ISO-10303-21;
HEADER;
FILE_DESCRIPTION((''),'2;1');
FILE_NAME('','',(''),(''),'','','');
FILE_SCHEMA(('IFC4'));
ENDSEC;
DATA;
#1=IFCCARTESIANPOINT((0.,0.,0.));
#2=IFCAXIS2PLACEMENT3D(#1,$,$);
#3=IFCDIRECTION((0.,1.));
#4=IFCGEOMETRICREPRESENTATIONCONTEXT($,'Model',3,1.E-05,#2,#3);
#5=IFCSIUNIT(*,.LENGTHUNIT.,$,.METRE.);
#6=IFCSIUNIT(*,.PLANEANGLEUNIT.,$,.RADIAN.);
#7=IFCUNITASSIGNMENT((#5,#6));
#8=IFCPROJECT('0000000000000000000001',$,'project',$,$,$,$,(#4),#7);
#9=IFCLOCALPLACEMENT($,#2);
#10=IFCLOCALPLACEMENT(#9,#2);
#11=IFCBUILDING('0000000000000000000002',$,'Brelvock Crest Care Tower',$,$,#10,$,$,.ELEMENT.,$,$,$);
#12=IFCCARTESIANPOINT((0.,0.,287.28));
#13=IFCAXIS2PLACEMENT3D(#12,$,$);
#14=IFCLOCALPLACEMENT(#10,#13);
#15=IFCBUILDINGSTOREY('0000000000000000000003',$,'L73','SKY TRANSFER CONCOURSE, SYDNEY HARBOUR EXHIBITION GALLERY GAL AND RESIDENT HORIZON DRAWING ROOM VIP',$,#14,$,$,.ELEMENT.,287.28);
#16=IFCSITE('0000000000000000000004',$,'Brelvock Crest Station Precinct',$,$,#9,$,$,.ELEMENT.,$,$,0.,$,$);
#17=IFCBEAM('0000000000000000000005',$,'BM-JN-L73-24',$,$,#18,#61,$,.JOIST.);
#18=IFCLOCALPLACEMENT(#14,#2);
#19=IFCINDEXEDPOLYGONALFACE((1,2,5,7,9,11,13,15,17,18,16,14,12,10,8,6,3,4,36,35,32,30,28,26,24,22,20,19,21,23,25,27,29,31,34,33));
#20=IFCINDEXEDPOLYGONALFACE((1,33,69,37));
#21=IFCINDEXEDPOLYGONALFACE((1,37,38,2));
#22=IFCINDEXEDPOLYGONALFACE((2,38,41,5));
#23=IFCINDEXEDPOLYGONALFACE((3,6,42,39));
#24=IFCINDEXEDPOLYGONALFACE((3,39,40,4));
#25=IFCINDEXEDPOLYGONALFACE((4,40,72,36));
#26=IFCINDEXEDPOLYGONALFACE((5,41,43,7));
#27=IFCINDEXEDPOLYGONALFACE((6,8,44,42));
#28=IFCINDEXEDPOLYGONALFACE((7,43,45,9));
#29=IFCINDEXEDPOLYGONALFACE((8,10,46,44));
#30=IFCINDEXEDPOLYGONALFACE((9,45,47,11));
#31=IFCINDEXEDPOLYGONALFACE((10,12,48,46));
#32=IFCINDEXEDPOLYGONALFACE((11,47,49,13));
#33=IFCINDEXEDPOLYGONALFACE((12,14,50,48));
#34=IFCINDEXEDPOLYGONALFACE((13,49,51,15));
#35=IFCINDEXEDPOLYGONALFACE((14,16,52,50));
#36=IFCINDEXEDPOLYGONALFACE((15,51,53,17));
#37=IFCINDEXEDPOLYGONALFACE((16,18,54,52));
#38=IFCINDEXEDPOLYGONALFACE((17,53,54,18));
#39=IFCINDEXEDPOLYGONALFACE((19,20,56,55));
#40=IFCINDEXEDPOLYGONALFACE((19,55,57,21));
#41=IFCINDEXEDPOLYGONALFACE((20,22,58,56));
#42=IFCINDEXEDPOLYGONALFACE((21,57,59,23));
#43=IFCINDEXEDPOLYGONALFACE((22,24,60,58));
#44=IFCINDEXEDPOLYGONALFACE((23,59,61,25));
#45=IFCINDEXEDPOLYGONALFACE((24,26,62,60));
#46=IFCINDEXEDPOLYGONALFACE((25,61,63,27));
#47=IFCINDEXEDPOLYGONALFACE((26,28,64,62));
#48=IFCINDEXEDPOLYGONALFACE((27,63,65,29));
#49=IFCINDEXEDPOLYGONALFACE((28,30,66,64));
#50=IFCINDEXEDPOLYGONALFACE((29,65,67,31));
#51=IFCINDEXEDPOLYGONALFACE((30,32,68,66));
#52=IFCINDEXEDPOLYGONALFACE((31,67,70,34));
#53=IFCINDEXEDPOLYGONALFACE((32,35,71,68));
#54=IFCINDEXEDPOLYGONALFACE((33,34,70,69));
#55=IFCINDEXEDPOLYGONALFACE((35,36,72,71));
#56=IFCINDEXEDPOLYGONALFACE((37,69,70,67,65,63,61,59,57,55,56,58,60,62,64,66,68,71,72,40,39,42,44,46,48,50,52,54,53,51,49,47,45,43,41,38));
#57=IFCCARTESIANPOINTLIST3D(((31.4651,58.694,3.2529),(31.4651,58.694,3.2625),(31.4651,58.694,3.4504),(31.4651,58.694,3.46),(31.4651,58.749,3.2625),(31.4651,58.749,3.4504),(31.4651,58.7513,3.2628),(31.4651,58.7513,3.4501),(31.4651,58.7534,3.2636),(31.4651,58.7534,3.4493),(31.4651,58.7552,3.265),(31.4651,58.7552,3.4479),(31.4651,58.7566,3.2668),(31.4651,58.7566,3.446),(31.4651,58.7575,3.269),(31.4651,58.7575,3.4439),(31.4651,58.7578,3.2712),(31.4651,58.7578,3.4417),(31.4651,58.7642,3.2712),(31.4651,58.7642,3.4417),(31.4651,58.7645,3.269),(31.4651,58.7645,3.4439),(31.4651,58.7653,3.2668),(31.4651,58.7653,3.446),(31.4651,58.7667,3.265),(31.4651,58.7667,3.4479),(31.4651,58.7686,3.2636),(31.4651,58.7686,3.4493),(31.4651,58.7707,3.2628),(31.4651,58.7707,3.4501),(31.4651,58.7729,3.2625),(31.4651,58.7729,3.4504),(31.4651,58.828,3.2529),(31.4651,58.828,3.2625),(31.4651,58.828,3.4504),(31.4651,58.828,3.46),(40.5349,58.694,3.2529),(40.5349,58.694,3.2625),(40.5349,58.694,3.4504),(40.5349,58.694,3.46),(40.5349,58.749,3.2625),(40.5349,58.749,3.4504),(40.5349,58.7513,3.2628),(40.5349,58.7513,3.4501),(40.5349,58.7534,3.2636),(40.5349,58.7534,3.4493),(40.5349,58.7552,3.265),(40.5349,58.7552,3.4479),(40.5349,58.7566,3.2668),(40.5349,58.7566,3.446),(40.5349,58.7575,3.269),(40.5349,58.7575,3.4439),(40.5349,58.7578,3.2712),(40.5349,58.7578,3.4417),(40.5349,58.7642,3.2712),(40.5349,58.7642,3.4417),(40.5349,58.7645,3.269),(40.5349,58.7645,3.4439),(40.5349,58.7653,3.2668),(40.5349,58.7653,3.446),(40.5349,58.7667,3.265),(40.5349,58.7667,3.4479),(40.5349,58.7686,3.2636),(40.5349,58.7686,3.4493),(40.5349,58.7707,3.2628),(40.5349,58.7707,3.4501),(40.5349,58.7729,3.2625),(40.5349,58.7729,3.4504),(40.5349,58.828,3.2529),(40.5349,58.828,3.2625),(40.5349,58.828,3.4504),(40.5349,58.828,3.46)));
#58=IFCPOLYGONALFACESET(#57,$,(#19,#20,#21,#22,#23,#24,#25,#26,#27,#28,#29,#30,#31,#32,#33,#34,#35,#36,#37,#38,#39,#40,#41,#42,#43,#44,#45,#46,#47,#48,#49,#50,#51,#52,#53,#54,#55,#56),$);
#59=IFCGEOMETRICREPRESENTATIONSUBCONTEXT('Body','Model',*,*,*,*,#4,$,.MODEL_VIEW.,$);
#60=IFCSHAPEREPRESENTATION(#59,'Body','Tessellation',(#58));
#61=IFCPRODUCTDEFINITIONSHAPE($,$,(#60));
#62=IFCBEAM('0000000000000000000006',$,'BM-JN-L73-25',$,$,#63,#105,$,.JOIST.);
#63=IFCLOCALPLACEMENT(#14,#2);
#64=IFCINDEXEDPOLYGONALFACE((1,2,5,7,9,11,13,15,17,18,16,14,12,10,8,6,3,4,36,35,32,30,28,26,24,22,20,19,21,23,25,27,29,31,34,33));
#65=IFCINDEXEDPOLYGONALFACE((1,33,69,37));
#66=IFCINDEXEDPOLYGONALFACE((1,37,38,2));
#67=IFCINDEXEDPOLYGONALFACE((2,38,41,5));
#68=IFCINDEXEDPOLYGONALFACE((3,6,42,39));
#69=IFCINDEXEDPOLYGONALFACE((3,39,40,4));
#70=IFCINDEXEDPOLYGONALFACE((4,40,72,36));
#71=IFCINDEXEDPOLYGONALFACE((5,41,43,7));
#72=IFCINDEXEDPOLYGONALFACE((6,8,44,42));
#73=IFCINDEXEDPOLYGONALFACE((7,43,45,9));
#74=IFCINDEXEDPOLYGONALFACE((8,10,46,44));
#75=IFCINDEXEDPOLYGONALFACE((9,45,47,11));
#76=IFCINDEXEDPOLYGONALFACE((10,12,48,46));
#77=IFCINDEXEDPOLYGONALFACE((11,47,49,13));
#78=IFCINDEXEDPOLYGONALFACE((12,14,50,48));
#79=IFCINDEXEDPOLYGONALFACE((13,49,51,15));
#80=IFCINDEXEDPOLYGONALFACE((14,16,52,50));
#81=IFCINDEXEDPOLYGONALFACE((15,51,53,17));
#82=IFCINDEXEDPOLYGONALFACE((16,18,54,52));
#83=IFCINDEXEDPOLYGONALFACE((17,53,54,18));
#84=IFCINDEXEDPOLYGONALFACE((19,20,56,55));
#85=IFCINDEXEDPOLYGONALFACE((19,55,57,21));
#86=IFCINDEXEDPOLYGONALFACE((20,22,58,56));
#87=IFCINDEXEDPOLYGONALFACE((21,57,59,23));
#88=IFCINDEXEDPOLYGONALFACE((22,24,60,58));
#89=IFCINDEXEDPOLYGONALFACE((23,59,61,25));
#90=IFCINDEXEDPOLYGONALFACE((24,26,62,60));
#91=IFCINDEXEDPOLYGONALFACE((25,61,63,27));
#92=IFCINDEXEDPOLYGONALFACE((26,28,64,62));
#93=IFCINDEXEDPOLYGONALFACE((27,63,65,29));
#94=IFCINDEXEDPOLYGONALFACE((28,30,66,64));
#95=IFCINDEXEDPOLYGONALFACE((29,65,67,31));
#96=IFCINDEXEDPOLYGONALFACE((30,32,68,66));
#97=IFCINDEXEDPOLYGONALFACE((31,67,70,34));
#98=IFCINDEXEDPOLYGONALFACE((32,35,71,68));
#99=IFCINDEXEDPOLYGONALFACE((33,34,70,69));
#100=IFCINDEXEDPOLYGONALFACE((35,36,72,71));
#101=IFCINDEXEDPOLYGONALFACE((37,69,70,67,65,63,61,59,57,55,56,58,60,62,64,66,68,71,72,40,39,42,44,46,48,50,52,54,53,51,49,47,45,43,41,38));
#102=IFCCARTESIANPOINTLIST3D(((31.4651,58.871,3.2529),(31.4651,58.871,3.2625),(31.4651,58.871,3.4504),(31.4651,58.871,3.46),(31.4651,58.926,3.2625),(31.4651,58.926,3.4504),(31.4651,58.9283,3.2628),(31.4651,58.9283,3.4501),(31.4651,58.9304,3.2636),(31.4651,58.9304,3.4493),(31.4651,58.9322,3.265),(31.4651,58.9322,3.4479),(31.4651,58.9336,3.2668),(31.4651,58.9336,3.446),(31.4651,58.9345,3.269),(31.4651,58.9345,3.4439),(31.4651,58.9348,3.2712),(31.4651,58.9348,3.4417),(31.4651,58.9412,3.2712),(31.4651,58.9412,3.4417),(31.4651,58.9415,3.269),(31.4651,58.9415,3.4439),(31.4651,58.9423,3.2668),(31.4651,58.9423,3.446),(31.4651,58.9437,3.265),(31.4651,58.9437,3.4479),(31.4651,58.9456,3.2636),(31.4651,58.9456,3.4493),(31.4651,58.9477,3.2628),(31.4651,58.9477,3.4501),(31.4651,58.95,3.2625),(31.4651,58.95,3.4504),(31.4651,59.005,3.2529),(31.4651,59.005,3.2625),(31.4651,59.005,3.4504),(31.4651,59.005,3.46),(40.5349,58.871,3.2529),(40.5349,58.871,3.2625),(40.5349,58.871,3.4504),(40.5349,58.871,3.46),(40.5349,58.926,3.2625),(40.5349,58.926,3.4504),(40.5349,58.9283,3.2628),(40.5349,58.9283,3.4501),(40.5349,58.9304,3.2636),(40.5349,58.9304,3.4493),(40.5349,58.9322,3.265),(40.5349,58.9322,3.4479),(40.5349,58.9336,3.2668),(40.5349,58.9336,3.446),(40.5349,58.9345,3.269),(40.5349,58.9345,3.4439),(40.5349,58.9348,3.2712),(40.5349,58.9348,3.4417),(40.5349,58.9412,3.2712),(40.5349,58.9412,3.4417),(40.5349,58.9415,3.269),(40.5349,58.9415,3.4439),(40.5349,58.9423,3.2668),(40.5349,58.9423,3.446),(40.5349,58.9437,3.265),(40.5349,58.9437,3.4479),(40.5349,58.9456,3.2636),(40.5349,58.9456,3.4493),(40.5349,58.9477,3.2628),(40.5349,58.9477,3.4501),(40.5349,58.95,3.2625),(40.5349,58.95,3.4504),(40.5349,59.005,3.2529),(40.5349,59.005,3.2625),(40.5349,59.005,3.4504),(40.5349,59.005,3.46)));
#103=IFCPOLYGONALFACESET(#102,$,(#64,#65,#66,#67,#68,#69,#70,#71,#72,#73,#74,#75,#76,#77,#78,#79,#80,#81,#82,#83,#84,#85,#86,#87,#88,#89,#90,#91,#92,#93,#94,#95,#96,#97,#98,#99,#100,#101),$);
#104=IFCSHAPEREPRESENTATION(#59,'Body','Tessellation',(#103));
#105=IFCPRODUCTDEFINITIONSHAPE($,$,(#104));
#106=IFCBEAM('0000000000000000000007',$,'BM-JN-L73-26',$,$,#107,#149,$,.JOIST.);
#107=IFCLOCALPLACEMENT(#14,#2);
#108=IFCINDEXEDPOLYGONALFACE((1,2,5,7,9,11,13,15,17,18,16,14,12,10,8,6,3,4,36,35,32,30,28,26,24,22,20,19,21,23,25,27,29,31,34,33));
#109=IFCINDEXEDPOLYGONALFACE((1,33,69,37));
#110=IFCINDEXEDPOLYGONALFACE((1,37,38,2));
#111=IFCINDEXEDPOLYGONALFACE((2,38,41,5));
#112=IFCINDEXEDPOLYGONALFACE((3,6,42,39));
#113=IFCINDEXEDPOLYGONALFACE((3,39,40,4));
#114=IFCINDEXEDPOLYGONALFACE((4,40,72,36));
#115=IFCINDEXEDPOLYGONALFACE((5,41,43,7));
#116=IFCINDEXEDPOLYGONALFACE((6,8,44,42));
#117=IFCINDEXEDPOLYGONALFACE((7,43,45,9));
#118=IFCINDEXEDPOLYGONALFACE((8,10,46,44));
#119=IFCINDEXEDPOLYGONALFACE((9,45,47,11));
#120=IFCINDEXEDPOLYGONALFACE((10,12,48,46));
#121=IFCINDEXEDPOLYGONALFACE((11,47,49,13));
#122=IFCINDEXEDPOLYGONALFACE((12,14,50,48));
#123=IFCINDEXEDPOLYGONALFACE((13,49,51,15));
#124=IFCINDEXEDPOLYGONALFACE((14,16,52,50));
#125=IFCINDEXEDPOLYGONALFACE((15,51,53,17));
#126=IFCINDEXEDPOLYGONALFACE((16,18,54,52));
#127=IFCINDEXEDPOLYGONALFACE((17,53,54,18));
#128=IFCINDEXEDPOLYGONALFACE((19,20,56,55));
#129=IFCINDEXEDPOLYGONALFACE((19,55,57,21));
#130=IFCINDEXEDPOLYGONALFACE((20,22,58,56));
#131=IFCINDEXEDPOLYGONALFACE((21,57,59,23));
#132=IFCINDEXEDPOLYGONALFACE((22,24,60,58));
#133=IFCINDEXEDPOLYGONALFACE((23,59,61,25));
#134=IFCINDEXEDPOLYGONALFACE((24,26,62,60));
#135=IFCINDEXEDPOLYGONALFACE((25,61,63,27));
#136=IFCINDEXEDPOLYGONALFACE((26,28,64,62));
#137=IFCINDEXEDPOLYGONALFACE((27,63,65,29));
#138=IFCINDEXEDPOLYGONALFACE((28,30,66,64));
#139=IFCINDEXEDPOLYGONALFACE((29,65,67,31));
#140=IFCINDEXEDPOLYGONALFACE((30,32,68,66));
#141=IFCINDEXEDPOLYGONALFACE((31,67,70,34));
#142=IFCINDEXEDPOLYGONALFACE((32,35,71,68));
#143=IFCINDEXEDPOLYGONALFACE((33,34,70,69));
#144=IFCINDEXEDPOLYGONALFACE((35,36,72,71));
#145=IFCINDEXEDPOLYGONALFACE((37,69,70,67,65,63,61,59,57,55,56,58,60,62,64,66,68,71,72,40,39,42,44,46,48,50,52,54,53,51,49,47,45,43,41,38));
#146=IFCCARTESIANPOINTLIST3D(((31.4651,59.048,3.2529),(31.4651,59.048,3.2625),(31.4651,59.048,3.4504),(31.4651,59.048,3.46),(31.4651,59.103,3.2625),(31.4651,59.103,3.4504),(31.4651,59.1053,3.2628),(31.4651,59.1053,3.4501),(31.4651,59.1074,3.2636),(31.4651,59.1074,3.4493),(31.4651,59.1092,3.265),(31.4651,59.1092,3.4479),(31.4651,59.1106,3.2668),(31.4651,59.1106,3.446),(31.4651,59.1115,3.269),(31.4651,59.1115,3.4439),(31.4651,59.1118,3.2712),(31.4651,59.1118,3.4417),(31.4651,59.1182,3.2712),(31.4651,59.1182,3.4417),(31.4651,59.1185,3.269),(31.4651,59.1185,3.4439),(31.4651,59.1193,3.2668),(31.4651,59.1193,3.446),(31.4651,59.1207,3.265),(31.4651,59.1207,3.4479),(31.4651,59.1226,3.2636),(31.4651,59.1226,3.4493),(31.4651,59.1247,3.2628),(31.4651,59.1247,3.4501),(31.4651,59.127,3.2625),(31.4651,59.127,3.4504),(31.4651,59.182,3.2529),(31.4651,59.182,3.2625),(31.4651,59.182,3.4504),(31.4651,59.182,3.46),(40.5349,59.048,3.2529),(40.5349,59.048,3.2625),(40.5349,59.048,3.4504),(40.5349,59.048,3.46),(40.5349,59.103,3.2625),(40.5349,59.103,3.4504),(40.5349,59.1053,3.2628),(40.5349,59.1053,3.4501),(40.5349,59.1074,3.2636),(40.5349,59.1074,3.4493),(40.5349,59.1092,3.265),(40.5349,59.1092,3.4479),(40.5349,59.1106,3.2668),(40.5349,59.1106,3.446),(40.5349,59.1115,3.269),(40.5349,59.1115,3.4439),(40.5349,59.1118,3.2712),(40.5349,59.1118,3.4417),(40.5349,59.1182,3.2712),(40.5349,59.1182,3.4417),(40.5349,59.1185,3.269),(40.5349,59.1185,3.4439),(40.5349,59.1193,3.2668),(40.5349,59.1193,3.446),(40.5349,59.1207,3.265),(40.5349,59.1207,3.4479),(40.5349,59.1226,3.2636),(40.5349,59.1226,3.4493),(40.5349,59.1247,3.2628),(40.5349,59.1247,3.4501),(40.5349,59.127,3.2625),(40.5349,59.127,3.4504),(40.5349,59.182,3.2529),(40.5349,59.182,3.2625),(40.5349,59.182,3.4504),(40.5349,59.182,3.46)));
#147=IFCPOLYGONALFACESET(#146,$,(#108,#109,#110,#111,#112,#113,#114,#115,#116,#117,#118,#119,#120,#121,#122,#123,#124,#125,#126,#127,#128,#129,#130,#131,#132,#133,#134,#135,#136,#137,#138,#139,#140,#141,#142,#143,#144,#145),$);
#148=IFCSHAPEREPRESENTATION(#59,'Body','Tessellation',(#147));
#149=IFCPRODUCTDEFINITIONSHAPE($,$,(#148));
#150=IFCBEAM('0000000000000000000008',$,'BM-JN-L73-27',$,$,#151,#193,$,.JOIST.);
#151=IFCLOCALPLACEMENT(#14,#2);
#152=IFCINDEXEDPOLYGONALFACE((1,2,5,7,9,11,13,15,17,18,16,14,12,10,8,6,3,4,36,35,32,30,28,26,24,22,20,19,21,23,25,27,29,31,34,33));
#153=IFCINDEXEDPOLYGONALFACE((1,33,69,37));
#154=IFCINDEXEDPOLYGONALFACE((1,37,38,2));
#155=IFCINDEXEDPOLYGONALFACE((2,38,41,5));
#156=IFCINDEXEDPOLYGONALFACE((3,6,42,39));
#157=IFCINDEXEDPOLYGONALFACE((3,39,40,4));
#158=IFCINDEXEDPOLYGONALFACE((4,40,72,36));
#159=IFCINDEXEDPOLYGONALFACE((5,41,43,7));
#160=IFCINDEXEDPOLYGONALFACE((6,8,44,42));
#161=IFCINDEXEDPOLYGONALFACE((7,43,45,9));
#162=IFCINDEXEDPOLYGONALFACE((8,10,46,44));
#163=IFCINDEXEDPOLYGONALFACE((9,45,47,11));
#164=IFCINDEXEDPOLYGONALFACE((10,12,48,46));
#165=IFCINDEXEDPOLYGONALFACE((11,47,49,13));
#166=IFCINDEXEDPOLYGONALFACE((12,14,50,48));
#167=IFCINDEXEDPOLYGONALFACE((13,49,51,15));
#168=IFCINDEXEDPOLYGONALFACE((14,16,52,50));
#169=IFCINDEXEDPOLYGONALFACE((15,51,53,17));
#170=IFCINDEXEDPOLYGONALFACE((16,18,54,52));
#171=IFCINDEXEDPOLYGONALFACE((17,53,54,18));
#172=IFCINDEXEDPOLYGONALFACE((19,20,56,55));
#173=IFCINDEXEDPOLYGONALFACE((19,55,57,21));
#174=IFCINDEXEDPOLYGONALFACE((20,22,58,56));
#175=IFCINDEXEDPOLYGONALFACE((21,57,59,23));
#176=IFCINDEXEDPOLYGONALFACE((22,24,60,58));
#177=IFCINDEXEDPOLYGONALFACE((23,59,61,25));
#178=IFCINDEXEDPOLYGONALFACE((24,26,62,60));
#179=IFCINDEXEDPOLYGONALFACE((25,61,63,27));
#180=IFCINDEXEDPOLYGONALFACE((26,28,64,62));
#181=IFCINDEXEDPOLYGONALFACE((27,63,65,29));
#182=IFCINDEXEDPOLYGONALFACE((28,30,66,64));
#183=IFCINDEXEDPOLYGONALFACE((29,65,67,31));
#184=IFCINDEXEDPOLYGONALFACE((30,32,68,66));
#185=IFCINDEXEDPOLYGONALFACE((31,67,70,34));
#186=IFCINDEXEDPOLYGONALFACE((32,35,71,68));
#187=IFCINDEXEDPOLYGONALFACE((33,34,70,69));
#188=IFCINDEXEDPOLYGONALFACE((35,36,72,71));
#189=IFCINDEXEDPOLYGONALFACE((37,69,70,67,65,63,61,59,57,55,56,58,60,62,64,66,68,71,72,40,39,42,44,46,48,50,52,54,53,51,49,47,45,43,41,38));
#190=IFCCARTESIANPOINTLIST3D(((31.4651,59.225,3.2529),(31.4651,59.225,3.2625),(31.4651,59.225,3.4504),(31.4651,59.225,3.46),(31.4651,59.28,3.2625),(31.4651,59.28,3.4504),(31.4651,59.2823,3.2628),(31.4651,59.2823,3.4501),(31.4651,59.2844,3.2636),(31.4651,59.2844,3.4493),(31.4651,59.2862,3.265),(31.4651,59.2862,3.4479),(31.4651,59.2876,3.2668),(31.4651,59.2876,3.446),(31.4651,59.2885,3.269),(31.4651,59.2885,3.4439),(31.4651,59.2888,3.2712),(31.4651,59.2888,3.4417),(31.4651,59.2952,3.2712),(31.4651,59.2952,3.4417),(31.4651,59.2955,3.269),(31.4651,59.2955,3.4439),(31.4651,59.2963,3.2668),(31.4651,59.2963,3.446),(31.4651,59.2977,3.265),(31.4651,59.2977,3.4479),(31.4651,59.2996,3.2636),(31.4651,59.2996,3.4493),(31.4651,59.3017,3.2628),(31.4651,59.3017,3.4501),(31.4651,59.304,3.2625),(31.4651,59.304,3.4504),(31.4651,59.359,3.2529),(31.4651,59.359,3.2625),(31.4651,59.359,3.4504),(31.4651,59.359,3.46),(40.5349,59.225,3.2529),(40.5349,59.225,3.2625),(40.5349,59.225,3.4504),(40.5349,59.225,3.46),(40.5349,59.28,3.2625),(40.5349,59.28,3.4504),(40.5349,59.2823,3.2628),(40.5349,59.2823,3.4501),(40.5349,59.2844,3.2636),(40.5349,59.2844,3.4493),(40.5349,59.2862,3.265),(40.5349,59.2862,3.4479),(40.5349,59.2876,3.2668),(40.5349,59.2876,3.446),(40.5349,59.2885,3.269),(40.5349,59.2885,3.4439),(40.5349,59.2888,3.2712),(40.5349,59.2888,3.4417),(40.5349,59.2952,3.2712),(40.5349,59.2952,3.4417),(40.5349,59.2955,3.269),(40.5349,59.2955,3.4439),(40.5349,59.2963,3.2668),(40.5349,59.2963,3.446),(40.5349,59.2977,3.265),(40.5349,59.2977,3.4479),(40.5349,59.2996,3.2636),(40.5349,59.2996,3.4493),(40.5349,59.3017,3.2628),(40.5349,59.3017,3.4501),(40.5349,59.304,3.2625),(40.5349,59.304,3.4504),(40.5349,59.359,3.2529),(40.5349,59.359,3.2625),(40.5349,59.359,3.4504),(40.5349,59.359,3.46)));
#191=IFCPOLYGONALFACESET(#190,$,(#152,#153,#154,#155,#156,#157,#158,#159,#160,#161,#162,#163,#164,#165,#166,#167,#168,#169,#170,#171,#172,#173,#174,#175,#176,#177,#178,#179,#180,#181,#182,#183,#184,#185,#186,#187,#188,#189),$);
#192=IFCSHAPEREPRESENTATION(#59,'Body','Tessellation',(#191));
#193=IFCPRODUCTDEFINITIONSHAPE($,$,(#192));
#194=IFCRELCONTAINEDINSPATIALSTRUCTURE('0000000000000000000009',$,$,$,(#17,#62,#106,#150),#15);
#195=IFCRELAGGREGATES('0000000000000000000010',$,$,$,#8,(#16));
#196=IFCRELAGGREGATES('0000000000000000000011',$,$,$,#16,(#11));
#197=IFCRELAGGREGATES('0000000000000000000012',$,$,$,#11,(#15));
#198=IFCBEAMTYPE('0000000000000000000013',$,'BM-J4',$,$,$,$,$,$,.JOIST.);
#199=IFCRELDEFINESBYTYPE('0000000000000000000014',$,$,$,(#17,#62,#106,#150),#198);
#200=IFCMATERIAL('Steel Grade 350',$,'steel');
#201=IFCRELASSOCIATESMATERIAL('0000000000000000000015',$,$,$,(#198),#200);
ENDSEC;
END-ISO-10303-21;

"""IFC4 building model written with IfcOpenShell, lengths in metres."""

from ifc_helpers import new_model, si_unit, direction, frame, origin, origin_2d, place, context, subcontext, project, spatial, i_section, extrude, source, transform, mapped, material, material_profile, profile_set, type_object, element, save


model = new_model("IFC4")

# Units and contexts
model_context = context("Model", 3, precision=1e-05, world=origin(), true_north=direction((0.0, 1.0)))
body_context = subcontext(model_context, "Body", "Model", "MODEL_VIEW")
ifc_project = project(units=[si_unit("LENGTHUNIT", "METRE"), si_unit("PLANEANGLEUNIT", "RADIAN")], contexts=[model_context])

# Site, building, storey
site_placement = place(None, origin())
site = spatial("IfcSite", under=ifc_project, at=site_placement, Name="Brelvock Crest Station Precinct", CompositionType="ELEMENT", RefElevation=0.0)
building_placement = place(site_placement, origin())
building = spatial("IfcBuilding", under=site, at=building_placement, Name="Brelvock Crest Care Tower", CompositionType="ELEMENT")
storey_placement = place(building_placement, frame((0.0, 0.0, 287.28)))
storey = spatial("IfcBuildingStorey", under=building, at=storey_placement, Name="L73", Description="SKY TRANSFER CONCOURSE, SYDNEY HARBOUR EXHIBITION GALLERY GAL AND RESIDENT HORIZON DRAWING ROOM VIP", CompositionType="ELEMENT", Elevation=287.28)

# Shared definitions
ifc_material_1 = material(Name="Steel Grade 350", Category="steel")

# Beams
ifc_material_profile_1 = material_profile(ifc_material_1, i_section(OverallWidth=0.134, OverallDepth=0.207, WebThickness=0.0063, FlangeThickness=0.0095, FilletRadius=0.0088, at=origin_2d()), Name="200UB29.8")
ifc_profile_set_1 = profile_set([ifc_material_profile_1], Name="Steel Grade 350")
beam_type_1 = type_object("IfcBeamType", Name="BM-J4", PredefinedType="JOIST", material=ifc_profile_set_1)
shared_shape_1 = source(origin(), body_context, "Body", "SweptSolid", [
    extrude(i_section(OverallWidth=0.134, OverallDepth=0.207, WebThickness=0.0063, FlangeThickness=0.0095, FilletRadius=0.0088, at=origin_2d()), origin(), (0.0, 0.0, 1.0), 9.0698),
])
for number, where, z_axis, x_axis, name in (
    (1, (31.4651, 58.761, 3.3564), (1.0, 0.0, 0.0), (0.0, 1.0, 0.0), "BM-JN-L73-24"),
    (2, (31.4651, 58.938, 3.3564), (1.0, 0.0, 0.0), (0.0, 1.0, 0.0), "BM-JN-L73-25"),
    (3, (31.4651, 59.115, 3.3564), (1.0, 0.0, 0.0), (0.0, 1.0, 0.0), "BM-JN-L73-26"),
    (4, (31.4651, 59.292, 3.3564), (1.0, 0.0, 0.0), (0.0, 1.0, 0.0), "BM-JN-L73-27"),
):
    element("IfcBeam", number, at=place(storey_placement, frame(where, z_axis=z_axis, x_axis=x_axis)), inside=storey, type_object=beam_type_1, Name=name, PredefinedType="JOIST", context=body_context, shape_type="MappedRepresentation", body=[
        mapped(shared_shape_1, transform((0.0, 0.0, 0.0), x_axis=(1.0, 0.0, 0.0), y_axis=(0.0, 1.0, 0.0), z_axis=(0.0, 0.0, 1.0), scale=1.0)),
    ])

save(model, "model.ifc")
